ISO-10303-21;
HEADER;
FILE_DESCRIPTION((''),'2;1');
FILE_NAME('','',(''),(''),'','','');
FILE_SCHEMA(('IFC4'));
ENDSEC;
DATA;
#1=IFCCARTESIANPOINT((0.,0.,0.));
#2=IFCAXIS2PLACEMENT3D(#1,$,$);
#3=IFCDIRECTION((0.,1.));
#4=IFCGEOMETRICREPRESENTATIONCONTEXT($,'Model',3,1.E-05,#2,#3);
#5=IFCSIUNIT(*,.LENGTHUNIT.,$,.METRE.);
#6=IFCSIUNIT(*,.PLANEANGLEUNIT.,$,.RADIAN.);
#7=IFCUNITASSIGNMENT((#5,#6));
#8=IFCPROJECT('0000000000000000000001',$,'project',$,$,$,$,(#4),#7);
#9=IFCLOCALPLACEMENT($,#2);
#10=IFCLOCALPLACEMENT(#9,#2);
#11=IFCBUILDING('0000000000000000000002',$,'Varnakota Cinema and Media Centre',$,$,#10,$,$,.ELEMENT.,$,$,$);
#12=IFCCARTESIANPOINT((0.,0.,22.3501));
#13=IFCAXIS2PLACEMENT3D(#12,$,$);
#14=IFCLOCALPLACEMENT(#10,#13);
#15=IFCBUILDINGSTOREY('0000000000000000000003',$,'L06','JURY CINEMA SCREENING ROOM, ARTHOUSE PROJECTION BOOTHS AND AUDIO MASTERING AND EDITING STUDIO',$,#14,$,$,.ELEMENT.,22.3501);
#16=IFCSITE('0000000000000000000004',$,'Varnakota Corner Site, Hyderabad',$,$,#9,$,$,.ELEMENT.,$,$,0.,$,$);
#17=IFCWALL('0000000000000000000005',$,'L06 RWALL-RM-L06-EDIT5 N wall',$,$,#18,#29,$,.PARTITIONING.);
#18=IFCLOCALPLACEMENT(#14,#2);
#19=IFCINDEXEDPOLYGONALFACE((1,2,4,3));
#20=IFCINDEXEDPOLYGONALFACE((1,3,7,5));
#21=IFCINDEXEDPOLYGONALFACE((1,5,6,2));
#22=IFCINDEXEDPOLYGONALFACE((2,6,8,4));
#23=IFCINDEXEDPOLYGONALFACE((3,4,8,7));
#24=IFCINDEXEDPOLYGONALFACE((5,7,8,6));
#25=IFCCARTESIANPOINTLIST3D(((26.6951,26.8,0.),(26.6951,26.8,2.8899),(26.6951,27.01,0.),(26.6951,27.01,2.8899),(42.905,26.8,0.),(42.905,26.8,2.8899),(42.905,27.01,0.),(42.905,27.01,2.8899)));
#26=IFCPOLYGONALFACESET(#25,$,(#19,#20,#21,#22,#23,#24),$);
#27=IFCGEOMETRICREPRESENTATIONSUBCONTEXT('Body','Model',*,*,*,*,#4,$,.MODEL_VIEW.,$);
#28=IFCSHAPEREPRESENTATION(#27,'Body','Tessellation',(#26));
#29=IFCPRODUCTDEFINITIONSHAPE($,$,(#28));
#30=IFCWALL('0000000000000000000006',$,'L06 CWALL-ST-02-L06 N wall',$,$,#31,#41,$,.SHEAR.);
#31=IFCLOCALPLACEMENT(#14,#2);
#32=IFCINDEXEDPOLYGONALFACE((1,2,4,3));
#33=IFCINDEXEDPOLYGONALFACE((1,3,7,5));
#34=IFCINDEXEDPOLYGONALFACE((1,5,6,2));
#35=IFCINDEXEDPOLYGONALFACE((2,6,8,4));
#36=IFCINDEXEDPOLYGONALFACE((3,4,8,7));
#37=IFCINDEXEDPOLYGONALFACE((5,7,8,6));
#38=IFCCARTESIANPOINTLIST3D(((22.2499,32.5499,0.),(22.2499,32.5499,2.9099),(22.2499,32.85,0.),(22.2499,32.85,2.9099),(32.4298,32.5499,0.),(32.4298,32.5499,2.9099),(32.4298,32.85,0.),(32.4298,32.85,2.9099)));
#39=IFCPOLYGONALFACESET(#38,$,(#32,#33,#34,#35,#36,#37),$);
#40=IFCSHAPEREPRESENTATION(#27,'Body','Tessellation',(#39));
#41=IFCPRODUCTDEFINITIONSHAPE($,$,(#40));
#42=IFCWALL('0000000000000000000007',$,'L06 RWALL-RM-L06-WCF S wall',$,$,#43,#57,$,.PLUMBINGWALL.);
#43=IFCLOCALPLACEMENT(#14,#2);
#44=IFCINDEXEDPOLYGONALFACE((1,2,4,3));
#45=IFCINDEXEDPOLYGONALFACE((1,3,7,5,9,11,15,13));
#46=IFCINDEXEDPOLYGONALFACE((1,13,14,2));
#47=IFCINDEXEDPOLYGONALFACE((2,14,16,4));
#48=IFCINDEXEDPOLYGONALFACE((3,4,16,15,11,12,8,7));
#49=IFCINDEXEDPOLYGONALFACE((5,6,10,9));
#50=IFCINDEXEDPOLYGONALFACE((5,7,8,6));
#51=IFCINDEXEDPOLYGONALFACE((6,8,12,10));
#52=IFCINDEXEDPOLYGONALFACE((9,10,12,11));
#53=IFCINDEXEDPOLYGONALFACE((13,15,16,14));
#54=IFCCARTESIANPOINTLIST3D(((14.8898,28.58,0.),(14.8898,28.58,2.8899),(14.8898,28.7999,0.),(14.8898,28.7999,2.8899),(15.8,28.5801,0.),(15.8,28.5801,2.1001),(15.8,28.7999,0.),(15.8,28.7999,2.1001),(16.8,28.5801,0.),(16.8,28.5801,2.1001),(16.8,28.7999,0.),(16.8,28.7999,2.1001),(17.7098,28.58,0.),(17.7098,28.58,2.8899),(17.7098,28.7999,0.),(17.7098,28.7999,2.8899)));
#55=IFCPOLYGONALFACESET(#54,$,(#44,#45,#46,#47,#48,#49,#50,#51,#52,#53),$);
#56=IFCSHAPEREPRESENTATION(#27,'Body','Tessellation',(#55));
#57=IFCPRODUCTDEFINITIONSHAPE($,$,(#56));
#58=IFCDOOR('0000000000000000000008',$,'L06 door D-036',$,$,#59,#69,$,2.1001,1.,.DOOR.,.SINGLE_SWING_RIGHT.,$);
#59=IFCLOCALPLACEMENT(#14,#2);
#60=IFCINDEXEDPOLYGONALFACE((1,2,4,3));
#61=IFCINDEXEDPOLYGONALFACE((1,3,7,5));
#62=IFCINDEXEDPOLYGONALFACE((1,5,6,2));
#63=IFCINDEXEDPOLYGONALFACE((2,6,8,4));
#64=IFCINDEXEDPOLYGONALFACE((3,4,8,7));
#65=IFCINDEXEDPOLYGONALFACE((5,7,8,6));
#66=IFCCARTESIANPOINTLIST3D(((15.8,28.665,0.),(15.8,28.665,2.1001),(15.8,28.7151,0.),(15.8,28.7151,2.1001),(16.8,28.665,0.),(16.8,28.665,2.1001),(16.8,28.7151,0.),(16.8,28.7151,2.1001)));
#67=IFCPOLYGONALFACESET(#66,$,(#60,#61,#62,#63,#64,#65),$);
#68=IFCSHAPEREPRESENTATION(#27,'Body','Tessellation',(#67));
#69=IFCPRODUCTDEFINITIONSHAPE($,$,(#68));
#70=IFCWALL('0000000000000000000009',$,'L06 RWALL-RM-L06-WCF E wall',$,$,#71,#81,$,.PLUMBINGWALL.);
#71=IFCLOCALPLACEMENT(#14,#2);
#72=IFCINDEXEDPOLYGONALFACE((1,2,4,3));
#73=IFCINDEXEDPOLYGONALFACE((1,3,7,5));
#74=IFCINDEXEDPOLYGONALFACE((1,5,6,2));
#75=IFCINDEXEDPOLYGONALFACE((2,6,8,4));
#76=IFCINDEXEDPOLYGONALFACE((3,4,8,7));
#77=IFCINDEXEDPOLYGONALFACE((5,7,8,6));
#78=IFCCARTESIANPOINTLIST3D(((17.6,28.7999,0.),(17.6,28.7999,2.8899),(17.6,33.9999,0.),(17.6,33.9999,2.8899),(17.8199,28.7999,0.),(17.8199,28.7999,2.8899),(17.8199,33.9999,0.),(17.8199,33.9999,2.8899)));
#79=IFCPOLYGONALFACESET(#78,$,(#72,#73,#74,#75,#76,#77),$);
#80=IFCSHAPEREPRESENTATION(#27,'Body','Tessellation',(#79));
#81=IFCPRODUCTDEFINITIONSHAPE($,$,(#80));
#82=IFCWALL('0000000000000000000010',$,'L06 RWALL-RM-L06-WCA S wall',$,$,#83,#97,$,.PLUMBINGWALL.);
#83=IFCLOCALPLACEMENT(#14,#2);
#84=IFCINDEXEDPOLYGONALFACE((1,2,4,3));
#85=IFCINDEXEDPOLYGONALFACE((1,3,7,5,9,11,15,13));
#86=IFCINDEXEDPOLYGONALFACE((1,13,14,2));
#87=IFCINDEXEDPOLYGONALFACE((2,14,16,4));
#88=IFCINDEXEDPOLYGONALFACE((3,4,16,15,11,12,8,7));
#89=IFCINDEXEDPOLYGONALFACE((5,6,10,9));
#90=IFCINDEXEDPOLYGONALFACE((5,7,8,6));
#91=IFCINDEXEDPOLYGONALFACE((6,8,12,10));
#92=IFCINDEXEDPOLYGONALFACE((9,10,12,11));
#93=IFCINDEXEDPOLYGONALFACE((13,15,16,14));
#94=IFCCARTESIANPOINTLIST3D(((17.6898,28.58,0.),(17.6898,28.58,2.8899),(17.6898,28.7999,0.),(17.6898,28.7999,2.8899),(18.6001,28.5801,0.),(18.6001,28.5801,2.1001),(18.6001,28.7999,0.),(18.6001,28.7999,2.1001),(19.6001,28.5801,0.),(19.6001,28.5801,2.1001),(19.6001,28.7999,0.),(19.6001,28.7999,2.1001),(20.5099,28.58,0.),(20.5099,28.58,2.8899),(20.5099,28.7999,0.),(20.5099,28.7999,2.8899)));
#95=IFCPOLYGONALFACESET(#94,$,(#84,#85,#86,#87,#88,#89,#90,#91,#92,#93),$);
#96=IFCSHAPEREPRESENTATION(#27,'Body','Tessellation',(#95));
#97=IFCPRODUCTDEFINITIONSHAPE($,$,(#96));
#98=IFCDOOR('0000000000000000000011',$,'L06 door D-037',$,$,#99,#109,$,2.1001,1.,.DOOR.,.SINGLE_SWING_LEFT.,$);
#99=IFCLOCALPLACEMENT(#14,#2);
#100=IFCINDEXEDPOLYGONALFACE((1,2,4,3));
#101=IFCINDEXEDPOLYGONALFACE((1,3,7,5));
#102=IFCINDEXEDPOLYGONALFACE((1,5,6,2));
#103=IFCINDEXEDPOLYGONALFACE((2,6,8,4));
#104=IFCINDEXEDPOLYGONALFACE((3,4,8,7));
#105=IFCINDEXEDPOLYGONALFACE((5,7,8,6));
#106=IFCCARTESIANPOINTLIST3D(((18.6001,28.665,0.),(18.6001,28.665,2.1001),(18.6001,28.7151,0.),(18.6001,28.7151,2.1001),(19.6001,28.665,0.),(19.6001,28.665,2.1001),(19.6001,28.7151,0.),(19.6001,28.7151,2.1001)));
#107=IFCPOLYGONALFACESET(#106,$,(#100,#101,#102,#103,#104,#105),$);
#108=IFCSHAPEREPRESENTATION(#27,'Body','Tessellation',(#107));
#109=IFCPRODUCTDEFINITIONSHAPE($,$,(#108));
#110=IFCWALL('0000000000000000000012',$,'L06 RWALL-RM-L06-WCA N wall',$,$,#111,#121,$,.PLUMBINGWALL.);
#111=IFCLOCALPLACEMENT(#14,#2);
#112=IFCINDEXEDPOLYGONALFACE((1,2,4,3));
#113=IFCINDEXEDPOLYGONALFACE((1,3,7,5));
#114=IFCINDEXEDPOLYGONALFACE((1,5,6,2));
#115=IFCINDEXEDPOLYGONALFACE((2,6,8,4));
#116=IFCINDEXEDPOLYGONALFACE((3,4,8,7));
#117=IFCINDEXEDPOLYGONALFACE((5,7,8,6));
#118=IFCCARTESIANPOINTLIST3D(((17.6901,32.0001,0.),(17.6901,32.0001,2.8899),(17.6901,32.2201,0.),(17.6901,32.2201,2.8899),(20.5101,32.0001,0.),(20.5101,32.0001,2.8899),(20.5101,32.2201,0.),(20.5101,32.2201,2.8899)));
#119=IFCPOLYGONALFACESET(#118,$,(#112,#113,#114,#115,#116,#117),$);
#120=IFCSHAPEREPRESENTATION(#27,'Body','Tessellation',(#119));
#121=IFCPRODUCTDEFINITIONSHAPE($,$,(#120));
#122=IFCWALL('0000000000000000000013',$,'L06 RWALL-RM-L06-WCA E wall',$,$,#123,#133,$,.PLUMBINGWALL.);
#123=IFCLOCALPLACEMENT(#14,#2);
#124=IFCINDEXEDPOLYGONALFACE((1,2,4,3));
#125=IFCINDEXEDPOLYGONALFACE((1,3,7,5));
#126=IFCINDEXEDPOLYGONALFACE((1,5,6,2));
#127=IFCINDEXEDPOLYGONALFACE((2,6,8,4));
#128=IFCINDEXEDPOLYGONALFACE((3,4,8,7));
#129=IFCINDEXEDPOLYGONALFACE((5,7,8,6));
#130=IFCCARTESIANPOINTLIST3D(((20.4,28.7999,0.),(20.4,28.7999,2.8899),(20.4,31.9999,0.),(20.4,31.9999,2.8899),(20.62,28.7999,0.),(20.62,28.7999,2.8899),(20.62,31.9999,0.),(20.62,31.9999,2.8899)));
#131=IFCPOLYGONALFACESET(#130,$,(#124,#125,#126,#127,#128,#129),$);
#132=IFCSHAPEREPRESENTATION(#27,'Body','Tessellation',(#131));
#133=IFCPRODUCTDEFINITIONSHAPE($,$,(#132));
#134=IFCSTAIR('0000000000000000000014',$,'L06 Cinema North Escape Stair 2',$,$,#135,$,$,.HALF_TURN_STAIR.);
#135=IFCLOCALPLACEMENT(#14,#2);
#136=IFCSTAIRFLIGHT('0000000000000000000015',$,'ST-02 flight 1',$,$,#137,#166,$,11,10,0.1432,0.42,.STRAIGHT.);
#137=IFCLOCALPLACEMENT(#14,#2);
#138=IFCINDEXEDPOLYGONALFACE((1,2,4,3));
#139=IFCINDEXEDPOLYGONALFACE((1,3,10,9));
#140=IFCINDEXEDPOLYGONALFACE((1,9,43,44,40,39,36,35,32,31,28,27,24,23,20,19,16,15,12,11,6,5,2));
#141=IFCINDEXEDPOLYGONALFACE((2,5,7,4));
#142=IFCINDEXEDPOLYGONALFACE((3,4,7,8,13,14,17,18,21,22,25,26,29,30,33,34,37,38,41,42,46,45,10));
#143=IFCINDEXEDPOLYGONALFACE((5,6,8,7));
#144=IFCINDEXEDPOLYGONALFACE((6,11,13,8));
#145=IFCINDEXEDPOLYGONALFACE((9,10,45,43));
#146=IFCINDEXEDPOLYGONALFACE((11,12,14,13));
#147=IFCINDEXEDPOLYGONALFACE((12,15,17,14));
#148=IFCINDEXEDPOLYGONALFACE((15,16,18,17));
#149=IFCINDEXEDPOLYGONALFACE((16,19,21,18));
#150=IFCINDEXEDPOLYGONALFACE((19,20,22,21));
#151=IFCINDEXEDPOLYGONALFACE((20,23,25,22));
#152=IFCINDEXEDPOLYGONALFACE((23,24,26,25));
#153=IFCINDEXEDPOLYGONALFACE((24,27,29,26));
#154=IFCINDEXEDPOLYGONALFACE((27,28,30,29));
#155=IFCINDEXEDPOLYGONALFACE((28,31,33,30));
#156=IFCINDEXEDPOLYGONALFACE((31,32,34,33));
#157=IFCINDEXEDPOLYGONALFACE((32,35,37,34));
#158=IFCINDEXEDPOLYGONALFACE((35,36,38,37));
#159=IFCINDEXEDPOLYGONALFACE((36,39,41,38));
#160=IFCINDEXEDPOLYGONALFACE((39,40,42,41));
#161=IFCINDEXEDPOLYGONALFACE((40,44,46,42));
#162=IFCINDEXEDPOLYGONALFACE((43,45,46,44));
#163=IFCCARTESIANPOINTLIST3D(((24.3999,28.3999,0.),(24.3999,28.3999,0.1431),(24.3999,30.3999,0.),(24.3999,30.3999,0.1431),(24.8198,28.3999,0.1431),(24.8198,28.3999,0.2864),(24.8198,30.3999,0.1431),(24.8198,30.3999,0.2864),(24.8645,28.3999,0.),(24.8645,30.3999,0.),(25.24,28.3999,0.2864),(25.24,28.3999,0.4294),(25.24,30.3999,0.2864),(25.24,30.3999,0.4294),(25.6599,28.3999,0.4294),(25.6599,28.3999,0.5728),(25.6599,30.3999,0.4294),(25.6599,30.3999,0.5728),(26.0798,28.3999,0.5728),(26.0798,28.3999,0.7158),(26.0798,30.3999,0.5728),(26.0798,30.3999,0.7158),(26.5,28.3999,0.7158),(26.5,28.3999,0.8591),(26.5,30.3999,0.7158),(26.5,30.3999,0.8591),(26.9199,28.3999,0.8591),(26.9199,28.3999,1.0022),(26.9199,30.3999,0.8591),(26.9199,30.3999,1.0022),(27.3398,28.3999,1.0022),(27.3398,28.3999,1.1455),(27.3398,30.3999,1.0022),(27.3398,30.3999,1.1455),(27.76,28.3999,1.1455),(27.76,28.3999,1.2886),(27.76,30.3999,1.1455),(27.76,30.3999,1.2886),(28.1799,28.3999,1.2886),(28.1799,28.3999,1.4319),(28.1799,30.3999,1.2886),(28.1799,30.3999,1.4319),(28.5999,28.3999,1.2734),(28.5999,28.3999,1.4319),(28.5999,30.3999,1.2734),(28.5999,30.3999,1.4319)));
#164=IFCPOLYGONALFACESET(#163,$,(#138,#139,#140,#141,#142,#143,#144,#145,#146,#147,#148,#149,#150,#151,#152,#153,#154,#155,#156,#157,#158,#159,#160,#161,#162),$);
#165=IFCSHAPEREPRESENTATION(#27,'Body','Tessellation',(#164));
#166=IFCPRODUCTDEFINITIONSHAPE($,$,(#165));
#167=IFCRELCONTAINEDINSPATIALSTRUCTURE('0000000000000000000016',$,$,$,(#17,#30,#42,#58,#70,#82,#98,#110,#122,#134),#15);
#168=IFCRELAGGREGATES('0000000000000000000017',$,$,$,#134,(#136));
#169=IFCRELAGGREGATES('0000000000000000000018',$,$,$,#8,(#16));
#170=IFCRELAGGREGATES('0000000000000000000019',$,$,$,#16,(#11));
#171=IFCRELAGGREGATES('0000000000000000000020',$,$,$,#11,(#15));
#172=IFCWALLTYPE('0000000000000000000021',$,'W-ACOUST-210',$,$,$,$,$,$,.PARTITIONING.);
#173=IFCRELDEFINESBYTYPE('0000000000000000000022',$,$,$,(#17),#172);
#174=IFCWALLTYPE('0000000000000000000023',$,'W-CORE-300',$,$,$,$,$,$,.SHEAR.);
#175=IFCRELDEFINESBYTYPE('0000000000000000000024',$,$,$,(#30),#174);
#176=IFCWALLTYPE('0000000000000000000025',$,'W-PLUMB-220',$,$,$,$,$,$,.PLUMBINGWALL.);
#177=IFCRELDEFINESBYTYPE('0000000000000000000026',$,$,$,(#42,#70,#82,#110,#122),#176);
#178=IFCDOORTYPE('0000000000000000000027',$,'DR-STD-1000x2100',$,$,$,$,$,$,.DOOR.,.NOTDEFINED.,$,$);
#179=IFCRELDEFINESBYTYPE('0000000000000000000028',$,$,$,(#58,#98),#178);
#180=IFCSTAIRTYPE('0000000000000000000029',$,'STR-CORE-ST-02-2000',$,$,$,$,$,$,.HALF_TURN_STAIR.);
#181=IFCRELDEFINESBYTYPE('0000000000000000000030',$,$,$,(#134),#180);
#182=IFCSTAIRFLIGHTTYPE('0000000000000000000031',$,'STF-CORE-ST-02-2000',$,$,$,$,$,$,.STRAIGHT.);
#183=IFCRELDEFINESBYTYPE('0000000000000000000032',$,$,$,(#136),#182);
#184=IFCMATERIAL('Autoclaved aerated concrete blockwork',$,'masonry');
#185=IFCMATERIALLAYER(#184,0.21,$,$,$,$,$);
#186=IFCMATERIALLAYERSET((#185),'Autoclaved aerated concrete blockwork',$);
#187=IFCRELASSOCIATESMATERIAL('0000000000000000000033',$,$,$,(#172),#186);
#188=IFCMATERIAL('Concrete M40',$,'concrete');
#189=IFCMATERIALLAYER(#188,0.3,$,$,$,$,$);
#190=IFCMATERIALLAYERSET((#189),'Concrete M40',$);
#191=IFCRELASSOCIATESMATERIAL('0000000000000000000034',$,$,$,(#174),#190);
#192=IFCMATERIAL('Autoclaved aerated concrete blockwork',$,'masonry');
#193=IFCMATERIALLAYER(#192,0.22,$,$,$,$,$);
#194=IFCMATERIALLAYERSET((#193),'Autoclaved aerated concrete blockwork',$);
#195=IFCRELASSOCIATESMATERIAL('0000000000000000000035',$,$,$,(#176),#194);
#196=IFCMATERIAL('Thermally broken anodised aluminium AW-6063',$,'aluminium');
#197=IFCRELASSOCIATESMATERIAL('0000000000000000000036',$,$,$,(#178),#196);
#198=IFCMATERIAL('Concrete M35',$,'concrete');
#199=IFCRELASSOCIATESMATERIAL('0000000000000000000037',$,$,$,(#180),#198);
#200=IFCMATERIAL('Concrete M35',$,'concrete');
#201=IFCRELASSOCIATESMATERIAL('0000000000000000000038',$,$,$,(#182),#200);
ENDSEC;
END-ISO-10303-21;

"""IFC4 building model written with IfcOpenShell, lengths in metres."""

from ifc_helpers import new_model, si_unit, direction, frame, frame_2d, origin, place, context, subcontext, project, spatial, polyline, rectangle, outline, extrude, material, layer, layer_set, type_object, element, fill, aggregate, save


model = new_model("IFC4")

# Units and contexts
model_context = context("Model", 3, precision=1e-05, world=origin(), true_north=direction((0.0, 1.0)))
body_context = subcontext(model_context, "Body", "Model", "MODEL_VIEW")
ifc_project = project(units=[si_unit("LENGTHUNIT", "METRE"), si_unit("PLANEANGLEUNIT", "RADIAN")], contexts=[model_context])

# Site, building, storey
site_placement = place(None, origin())
site = spatial("IfcSite", under=ifc_project, at=site_placement, Name="Varnakota Corner Site, Hyderabad", CompositionType="ELEMENT", RefElevation=0.0)
building_placement = place(site_placement, origin())
building = spatial("IfcBuilding", under=site, at=building_placement, Name="Varnakota Cinema and Media Centre", CompositionType="ELEMENT")
storey_placement = place(building_placement, frame((0.0, 0.0, 22.3501)))
storey = spatial("IfcBuildingStorey", under=building, at=storey_placement, Name="L06", Description="JURY CINEMA SCREENING ROOM, ARTHOUSE PROJECTION BOOTHS AND AUDIO MASTERING AND EDITING STUDIO", CompositionType="ELEMENT", Elevation=22.3501)

# Wall
ifc_material_1 = material(Name="Autoclaved aerated concrete blockwork", Category="masonry")
ifc_layer_1 = layer(ifc_material_1, 0.21)
ifc_layer_set_1 = layer_set([ifc_layer_1], Name="Autoclaved aerated concrete blockwork")
wall_type_1 = type_object("IfcWallType", Name="W-ACOUST-210", PredefinedType="PARTITIONING", material=ifc_layer_set_1)
wall_1_placement = place(storey_placement, frame((26.6951, 26.905, 0.0), z_axis=(0.0, 0.0, 1.0), x_axis=(1.0, 0.0, 0.0)))
element("IfcWall", 1, at=wall_1_placement, inside=storey, type_object=wall_type_1, Name="L06 RWALL-RM-L06-EDIT5 N wall", PredefinedType="PARTITIONING", context=body_context, shape_type="SweptSolid", body=[
    extrude(rectangle(XDim=16.21, YDim=0.21, at=frame_2d((8.105, 0.0))), origin(), (0.0, 0.0, 1.0), 2.8899),
])

# Shared definitions
ifc_material_2 = material(Name="Concrete M40", Category="concrete")
ifc_layer_2 = layer(ifc_material_2, 0.3)
ifc_layer_set_2 = layer_set([ifc_layer_2], Name="Concrete M40")
wall_type_2 = type_object("IfcWallType", Name="W-CORE-300", PredefinedType="SHEAR", material=ifc_layer_set_2)

# Wall
wall_2_placement = place(storey_placement, frame((22.25, 32.7, 0.0), z_axis=(0.0, 0.0, 1.0), x_axis=(1.0, 0.0, 0.0)))
element("IfcWall", 2, at=wall_2_placement, inside=storey, type_object=wall_type_2, Name="L06 CWALL-ST-02-L06 N wall", PredefinedType="SHEAR", context=body_context, shape_type="SweptSolid", body=[
    extrude(rectangle(XDim=10.1799, YDim=0.3, at=frame_2d((5.0898, 0.0))), origin(), (0.0, 0.0, 1.0), 2.9099),
])

# Wall, opening, door
ifc_material_3 = material(Name="Autoclaved aerated concrete blockwork", Category="masonry")
ifc_layer_3 = layer(ifc_material_3, 0.22)
ifc_layer_set_3 = layer_set([ifc_layer_3], Name="Autoclaved aerated concrete blockwork")
wall_type_3 = type_object("IfcWallType", Name="W-PLUMB-220", PredefinedType="PLUMBINGWALL", material=ifc_layer_set_3)
wall_3_placement = place(storey_placement, frame((17.71, 28.6899, 0.0), z_axis=(0.0, 0.0, 1.0), x_axis=(-1.0, 0.0, 0.0)))
wall_3 = element("IfcWall", 3, at=wall_3_placement, inside=storey, type_object=wall_type_3, Name="L06 RWALL-RM-L06-WCF S wall", PredefinedType="PLUMBINGWALL", context=body_context, shape_type="SweptSolid", body=[
    extrude(rectangle(XDim=2.8201, YDim=0.22, at=frame_2d((1.4102, 0.0))), origin(), (0.0, 0.0, 1.0), 2.8899),
])
opening_1_placement = place(wall_3_placement, frame((0.9099, 0.0, 0.0)))
opening_1 = element("IfcOpeningElement", 4, at=opening_1_placement, cuts=wall_3, PredefinedType="OPENING", context=body_context, shape_type="SweptSolid", body=[
    extrude(rectangle(XDim=1.0, YDim=2.1001, at=frame_2d((0.5, 1.05))), frame((0.0, 0.1099, 0.0), z_axis=(0.0, -1.0, 0.0), x_axis=(1.0, 0.0, 0.0)), (0.0, 0.0, 1.0), 0.22),
])
ifc_material_4 = material(Name="Thermally broken anodised aluminium AW-6063", Category="aluminium")
door_type_1 = type_object("IfcDoorType", Name="DR-STD-1000x2100", OperationType="NOTDEFINED", PredefinedType="DOOR", material=ifc_material_4)
door_1_placement = place(opening_1_placement, origin())
door_1 = element("IfcDoor", 5, at=door_1_placement, inside=storey, type_object=door_type_1, Name="L06 door D-036", OperationType="SINGLE_SWING_RIGHT", OverallHeight=2.1001, OverallWidth=1.0, PredefinedType="DOOR", context=body_context, shape_type="SweptSolid", body=[
    extrude(rectangle(XDim=1.0, YDim=2.1001, at=frame_2d((0.5, 1.05))), frame((0.0, 0.0249, 0.0), z_axis=(0.0, -1.0, 0.0), x_axis=(1.0, 0.0, 0.0)), (0.0, 0.0, 1.0), 0.05),
])
fill(opening_1, door_1)

# Wall
wall_4_placement = place(storey_placement, frame((17.71, 34.0, 0.0), z_axis=(0.0, 0.0, 1.0), x_axis=(0.0, -1.0, 0.0)))
element("IfcWall", 6, at=wall_4_placement, inside=storey, type_object=wall_type_3, Name="L06 RWALL-RM-L06-WCF E wall", PredefinedType="PLUMBINGWALL", context=body_context, shape_type="SweptSolid", body=[
    extrude(rectangle(XDim=5.2, YDim=0.22, at=frame_2d((2.6001, 0.0))), origin(), (0.0, 0.0, 1.0), 2.8899),
])

# Wall, opening, door
wall_5_placement = place(storey_placement, frame((20.51, 28.6899, 0.0), z_axis=(0.0, 0.0, 1.0), x_axis=(-1.0, 0.0, 0.0)))
wall_5 = element("IfcWall", 7, at=wall_5_placement, inside=storey, type_object=wall_type_3, Name="L06 RWALL-RM-L06-WCA S wall", PredefinedType="PLUMBINGWALL", context=body_context, shape_type="SweptSolid", body=[
    extrude(rectangle(XDim=2.8201, YDim=0.22, at=frame_2d((1.4102, 0.0))), origin(), (0.0, 0.0, 1.0), 2.8899),
])
opening_2_placement = place(wall_5_placement, frame((0.9099, 0.0, 0.0)))
opening_2 = element("IfcOpeningElement", 8, at=opening_2_placement, cuts=wall_5, PredefinedType="OPENING", context=body_context, shape_type="SweptSolid", body=[
    extrude(rectangle(XDim=1.0, YDim=2.1001, at=frame_2d((0.5, 1.05))), frame((0.0, 0.1099, 0.0), z_axis=(0.0, -1.0, 0.0), x_axis=(1.0, 0.0, 0.0)), (0.0, 0.0, 1.0), 0.22),
])
door_2_placement = place(opening_2_placement, origin())
door_2 = element("IfcDoor", 9, at=door_2_placement, inside=storey, type_object=door_type_1, Name="L06 door D-037", OperationType="SINGLE_SWING_LEFT", OverallHeight=2.1001, OverallWidth=1.0, PredefinedType="DOOR", context=body_context, shape_type="SweptSolid", body=[
    extrude(rectangle(XDim=1.0, YDim=2.1001, at=frame_2d((0.5, 1.05))), frame((0.0, 0.0249, 0.0), z_axis=(0.0, -1.0, 0.0), x_axis=(1.0, 0.0, 0.0)), (0.0, 0.0, 1.0), 0.05),
])
fill(opening_2, door_2)

# Walls
wall_6_placement = place(storey_placement, frame((17.6899, 32.1101, 0.0), z_axis=(0.0, 0.0, 1.0), x_axis=(1.0, 0.0, 0.0)))
element("IfcWall", 10, at=wall_6_placement, inside=storey, type_object=wall_type_3, Name="L06 RWALL-RM-L06-WCA N wall", PredefinedType="PLUMBINGWALL", context=body_context, shape_type="SweptSolid", body=[
    extrude(rectangle(XDim=2.8201, YDim=0.22, at=frame_2d((1.4102, 0.0))), origin(), (0.0, 0.0, 1.0), 2.8899),
])
wall_7_placement = place(storey_placement, frame((20.51, 32.0, 0.0), z_axis=(0.0, 0.0, 1.0), x_axis=(0.0, -1.0, 0.0)))
element("IfcWall", 11, at=wall_7_placement, inside=storey, type_object=wall_type_3, Name="L06 RWALL-RM-L06-WCA E wall", PredefinedType="PLUMBINGWALL", context=body_context, shape_type="SweptSolid", body=[
    extrude(rectangle(XDim=3.2, YDim=0.22, at=frame_2d((1.6001, 0.0))), origin(), (0.0, 0.0, 1.0), 2.8899),
])

# Stair, stair flight
ifc_material_5 = material(Name="Concrete M35", Category="concrete")
stair_type = type_object("IfcStairType", Name="STR-CORE-ST-02-2000", PredefinedType="HALF_TURN_STAIR", material=ifc_material_5)
stair_placement = place(storey_placement, origin())
stair = element("IfcStair", 12, at=stair_placement, inside=storey, type_object=stair_type, Name="L06 Cinema North Escape Stair 2", PredefinedType="HALF_TURN_STAIR")
ifc_material_6 = material(Name="Concrete M35", Category="concrete")
stair_flight_type = type_object("IfcStairFlightType", Name="STF-CORE-ST-02-2000", PredefinedType="STRAIGHT", material=ifc_material_6)
stair_flight_1_placement = place(storey_placement, frame((24.3999, 29.3999, 0.0), z_axis=(0.0, 0.0, 1.0), x_axis=(1.0, 0.0, 0.0)))
stair_flight_1 = element("IfcStairFlight", 13, at=stair_flight_1_placement, type_object=stair_flight_type, Name="ST-02 flight 1", NumberOfRisers=11, NumberOfTreads=10, PredefinedType="STRAIGHT", RiserHeight=0.1432, TreadLength=0.42, context=body_context, shape_type="SweptSolid", body=[
    extrude(outline(polyline([(0.0, 0.0), (0.0, 0.1431), (0.4199, 0.1431), (0.4199, 0.2864), (0.8401, 0.2864), (0.8401, 0.4294), (1.26, 0.4294), (1.26, 0.5728), (1.6799, 0.5728), (1.6799, 0.7158), (2.1001, 0.7158), (2.1001, 0.8591), (2.52, 0.8591), (2.52, 1.0022), (2.9399, 1.0022), (2.9399, 1.1455), (3.3601, 1.1455), (3.3601, 1.2886), (3.78, 1.2886), (3.78, 1.4319), (4.2, 1.4319), (4.2, 1.575), (4.2, 1.2734), (0.4646, 0.0), (0.0, 0.0)])), frame((0.0, 1.0, 0.0), z_axis=(0.0, -1.0, 0.0), x_axis=(1.0, 0.0, 0.0)), (0.0, 0.0, 1.0), 2.0),
])
aggregate(stair, [stair_flight_1])

save(model, "model.ifc")
